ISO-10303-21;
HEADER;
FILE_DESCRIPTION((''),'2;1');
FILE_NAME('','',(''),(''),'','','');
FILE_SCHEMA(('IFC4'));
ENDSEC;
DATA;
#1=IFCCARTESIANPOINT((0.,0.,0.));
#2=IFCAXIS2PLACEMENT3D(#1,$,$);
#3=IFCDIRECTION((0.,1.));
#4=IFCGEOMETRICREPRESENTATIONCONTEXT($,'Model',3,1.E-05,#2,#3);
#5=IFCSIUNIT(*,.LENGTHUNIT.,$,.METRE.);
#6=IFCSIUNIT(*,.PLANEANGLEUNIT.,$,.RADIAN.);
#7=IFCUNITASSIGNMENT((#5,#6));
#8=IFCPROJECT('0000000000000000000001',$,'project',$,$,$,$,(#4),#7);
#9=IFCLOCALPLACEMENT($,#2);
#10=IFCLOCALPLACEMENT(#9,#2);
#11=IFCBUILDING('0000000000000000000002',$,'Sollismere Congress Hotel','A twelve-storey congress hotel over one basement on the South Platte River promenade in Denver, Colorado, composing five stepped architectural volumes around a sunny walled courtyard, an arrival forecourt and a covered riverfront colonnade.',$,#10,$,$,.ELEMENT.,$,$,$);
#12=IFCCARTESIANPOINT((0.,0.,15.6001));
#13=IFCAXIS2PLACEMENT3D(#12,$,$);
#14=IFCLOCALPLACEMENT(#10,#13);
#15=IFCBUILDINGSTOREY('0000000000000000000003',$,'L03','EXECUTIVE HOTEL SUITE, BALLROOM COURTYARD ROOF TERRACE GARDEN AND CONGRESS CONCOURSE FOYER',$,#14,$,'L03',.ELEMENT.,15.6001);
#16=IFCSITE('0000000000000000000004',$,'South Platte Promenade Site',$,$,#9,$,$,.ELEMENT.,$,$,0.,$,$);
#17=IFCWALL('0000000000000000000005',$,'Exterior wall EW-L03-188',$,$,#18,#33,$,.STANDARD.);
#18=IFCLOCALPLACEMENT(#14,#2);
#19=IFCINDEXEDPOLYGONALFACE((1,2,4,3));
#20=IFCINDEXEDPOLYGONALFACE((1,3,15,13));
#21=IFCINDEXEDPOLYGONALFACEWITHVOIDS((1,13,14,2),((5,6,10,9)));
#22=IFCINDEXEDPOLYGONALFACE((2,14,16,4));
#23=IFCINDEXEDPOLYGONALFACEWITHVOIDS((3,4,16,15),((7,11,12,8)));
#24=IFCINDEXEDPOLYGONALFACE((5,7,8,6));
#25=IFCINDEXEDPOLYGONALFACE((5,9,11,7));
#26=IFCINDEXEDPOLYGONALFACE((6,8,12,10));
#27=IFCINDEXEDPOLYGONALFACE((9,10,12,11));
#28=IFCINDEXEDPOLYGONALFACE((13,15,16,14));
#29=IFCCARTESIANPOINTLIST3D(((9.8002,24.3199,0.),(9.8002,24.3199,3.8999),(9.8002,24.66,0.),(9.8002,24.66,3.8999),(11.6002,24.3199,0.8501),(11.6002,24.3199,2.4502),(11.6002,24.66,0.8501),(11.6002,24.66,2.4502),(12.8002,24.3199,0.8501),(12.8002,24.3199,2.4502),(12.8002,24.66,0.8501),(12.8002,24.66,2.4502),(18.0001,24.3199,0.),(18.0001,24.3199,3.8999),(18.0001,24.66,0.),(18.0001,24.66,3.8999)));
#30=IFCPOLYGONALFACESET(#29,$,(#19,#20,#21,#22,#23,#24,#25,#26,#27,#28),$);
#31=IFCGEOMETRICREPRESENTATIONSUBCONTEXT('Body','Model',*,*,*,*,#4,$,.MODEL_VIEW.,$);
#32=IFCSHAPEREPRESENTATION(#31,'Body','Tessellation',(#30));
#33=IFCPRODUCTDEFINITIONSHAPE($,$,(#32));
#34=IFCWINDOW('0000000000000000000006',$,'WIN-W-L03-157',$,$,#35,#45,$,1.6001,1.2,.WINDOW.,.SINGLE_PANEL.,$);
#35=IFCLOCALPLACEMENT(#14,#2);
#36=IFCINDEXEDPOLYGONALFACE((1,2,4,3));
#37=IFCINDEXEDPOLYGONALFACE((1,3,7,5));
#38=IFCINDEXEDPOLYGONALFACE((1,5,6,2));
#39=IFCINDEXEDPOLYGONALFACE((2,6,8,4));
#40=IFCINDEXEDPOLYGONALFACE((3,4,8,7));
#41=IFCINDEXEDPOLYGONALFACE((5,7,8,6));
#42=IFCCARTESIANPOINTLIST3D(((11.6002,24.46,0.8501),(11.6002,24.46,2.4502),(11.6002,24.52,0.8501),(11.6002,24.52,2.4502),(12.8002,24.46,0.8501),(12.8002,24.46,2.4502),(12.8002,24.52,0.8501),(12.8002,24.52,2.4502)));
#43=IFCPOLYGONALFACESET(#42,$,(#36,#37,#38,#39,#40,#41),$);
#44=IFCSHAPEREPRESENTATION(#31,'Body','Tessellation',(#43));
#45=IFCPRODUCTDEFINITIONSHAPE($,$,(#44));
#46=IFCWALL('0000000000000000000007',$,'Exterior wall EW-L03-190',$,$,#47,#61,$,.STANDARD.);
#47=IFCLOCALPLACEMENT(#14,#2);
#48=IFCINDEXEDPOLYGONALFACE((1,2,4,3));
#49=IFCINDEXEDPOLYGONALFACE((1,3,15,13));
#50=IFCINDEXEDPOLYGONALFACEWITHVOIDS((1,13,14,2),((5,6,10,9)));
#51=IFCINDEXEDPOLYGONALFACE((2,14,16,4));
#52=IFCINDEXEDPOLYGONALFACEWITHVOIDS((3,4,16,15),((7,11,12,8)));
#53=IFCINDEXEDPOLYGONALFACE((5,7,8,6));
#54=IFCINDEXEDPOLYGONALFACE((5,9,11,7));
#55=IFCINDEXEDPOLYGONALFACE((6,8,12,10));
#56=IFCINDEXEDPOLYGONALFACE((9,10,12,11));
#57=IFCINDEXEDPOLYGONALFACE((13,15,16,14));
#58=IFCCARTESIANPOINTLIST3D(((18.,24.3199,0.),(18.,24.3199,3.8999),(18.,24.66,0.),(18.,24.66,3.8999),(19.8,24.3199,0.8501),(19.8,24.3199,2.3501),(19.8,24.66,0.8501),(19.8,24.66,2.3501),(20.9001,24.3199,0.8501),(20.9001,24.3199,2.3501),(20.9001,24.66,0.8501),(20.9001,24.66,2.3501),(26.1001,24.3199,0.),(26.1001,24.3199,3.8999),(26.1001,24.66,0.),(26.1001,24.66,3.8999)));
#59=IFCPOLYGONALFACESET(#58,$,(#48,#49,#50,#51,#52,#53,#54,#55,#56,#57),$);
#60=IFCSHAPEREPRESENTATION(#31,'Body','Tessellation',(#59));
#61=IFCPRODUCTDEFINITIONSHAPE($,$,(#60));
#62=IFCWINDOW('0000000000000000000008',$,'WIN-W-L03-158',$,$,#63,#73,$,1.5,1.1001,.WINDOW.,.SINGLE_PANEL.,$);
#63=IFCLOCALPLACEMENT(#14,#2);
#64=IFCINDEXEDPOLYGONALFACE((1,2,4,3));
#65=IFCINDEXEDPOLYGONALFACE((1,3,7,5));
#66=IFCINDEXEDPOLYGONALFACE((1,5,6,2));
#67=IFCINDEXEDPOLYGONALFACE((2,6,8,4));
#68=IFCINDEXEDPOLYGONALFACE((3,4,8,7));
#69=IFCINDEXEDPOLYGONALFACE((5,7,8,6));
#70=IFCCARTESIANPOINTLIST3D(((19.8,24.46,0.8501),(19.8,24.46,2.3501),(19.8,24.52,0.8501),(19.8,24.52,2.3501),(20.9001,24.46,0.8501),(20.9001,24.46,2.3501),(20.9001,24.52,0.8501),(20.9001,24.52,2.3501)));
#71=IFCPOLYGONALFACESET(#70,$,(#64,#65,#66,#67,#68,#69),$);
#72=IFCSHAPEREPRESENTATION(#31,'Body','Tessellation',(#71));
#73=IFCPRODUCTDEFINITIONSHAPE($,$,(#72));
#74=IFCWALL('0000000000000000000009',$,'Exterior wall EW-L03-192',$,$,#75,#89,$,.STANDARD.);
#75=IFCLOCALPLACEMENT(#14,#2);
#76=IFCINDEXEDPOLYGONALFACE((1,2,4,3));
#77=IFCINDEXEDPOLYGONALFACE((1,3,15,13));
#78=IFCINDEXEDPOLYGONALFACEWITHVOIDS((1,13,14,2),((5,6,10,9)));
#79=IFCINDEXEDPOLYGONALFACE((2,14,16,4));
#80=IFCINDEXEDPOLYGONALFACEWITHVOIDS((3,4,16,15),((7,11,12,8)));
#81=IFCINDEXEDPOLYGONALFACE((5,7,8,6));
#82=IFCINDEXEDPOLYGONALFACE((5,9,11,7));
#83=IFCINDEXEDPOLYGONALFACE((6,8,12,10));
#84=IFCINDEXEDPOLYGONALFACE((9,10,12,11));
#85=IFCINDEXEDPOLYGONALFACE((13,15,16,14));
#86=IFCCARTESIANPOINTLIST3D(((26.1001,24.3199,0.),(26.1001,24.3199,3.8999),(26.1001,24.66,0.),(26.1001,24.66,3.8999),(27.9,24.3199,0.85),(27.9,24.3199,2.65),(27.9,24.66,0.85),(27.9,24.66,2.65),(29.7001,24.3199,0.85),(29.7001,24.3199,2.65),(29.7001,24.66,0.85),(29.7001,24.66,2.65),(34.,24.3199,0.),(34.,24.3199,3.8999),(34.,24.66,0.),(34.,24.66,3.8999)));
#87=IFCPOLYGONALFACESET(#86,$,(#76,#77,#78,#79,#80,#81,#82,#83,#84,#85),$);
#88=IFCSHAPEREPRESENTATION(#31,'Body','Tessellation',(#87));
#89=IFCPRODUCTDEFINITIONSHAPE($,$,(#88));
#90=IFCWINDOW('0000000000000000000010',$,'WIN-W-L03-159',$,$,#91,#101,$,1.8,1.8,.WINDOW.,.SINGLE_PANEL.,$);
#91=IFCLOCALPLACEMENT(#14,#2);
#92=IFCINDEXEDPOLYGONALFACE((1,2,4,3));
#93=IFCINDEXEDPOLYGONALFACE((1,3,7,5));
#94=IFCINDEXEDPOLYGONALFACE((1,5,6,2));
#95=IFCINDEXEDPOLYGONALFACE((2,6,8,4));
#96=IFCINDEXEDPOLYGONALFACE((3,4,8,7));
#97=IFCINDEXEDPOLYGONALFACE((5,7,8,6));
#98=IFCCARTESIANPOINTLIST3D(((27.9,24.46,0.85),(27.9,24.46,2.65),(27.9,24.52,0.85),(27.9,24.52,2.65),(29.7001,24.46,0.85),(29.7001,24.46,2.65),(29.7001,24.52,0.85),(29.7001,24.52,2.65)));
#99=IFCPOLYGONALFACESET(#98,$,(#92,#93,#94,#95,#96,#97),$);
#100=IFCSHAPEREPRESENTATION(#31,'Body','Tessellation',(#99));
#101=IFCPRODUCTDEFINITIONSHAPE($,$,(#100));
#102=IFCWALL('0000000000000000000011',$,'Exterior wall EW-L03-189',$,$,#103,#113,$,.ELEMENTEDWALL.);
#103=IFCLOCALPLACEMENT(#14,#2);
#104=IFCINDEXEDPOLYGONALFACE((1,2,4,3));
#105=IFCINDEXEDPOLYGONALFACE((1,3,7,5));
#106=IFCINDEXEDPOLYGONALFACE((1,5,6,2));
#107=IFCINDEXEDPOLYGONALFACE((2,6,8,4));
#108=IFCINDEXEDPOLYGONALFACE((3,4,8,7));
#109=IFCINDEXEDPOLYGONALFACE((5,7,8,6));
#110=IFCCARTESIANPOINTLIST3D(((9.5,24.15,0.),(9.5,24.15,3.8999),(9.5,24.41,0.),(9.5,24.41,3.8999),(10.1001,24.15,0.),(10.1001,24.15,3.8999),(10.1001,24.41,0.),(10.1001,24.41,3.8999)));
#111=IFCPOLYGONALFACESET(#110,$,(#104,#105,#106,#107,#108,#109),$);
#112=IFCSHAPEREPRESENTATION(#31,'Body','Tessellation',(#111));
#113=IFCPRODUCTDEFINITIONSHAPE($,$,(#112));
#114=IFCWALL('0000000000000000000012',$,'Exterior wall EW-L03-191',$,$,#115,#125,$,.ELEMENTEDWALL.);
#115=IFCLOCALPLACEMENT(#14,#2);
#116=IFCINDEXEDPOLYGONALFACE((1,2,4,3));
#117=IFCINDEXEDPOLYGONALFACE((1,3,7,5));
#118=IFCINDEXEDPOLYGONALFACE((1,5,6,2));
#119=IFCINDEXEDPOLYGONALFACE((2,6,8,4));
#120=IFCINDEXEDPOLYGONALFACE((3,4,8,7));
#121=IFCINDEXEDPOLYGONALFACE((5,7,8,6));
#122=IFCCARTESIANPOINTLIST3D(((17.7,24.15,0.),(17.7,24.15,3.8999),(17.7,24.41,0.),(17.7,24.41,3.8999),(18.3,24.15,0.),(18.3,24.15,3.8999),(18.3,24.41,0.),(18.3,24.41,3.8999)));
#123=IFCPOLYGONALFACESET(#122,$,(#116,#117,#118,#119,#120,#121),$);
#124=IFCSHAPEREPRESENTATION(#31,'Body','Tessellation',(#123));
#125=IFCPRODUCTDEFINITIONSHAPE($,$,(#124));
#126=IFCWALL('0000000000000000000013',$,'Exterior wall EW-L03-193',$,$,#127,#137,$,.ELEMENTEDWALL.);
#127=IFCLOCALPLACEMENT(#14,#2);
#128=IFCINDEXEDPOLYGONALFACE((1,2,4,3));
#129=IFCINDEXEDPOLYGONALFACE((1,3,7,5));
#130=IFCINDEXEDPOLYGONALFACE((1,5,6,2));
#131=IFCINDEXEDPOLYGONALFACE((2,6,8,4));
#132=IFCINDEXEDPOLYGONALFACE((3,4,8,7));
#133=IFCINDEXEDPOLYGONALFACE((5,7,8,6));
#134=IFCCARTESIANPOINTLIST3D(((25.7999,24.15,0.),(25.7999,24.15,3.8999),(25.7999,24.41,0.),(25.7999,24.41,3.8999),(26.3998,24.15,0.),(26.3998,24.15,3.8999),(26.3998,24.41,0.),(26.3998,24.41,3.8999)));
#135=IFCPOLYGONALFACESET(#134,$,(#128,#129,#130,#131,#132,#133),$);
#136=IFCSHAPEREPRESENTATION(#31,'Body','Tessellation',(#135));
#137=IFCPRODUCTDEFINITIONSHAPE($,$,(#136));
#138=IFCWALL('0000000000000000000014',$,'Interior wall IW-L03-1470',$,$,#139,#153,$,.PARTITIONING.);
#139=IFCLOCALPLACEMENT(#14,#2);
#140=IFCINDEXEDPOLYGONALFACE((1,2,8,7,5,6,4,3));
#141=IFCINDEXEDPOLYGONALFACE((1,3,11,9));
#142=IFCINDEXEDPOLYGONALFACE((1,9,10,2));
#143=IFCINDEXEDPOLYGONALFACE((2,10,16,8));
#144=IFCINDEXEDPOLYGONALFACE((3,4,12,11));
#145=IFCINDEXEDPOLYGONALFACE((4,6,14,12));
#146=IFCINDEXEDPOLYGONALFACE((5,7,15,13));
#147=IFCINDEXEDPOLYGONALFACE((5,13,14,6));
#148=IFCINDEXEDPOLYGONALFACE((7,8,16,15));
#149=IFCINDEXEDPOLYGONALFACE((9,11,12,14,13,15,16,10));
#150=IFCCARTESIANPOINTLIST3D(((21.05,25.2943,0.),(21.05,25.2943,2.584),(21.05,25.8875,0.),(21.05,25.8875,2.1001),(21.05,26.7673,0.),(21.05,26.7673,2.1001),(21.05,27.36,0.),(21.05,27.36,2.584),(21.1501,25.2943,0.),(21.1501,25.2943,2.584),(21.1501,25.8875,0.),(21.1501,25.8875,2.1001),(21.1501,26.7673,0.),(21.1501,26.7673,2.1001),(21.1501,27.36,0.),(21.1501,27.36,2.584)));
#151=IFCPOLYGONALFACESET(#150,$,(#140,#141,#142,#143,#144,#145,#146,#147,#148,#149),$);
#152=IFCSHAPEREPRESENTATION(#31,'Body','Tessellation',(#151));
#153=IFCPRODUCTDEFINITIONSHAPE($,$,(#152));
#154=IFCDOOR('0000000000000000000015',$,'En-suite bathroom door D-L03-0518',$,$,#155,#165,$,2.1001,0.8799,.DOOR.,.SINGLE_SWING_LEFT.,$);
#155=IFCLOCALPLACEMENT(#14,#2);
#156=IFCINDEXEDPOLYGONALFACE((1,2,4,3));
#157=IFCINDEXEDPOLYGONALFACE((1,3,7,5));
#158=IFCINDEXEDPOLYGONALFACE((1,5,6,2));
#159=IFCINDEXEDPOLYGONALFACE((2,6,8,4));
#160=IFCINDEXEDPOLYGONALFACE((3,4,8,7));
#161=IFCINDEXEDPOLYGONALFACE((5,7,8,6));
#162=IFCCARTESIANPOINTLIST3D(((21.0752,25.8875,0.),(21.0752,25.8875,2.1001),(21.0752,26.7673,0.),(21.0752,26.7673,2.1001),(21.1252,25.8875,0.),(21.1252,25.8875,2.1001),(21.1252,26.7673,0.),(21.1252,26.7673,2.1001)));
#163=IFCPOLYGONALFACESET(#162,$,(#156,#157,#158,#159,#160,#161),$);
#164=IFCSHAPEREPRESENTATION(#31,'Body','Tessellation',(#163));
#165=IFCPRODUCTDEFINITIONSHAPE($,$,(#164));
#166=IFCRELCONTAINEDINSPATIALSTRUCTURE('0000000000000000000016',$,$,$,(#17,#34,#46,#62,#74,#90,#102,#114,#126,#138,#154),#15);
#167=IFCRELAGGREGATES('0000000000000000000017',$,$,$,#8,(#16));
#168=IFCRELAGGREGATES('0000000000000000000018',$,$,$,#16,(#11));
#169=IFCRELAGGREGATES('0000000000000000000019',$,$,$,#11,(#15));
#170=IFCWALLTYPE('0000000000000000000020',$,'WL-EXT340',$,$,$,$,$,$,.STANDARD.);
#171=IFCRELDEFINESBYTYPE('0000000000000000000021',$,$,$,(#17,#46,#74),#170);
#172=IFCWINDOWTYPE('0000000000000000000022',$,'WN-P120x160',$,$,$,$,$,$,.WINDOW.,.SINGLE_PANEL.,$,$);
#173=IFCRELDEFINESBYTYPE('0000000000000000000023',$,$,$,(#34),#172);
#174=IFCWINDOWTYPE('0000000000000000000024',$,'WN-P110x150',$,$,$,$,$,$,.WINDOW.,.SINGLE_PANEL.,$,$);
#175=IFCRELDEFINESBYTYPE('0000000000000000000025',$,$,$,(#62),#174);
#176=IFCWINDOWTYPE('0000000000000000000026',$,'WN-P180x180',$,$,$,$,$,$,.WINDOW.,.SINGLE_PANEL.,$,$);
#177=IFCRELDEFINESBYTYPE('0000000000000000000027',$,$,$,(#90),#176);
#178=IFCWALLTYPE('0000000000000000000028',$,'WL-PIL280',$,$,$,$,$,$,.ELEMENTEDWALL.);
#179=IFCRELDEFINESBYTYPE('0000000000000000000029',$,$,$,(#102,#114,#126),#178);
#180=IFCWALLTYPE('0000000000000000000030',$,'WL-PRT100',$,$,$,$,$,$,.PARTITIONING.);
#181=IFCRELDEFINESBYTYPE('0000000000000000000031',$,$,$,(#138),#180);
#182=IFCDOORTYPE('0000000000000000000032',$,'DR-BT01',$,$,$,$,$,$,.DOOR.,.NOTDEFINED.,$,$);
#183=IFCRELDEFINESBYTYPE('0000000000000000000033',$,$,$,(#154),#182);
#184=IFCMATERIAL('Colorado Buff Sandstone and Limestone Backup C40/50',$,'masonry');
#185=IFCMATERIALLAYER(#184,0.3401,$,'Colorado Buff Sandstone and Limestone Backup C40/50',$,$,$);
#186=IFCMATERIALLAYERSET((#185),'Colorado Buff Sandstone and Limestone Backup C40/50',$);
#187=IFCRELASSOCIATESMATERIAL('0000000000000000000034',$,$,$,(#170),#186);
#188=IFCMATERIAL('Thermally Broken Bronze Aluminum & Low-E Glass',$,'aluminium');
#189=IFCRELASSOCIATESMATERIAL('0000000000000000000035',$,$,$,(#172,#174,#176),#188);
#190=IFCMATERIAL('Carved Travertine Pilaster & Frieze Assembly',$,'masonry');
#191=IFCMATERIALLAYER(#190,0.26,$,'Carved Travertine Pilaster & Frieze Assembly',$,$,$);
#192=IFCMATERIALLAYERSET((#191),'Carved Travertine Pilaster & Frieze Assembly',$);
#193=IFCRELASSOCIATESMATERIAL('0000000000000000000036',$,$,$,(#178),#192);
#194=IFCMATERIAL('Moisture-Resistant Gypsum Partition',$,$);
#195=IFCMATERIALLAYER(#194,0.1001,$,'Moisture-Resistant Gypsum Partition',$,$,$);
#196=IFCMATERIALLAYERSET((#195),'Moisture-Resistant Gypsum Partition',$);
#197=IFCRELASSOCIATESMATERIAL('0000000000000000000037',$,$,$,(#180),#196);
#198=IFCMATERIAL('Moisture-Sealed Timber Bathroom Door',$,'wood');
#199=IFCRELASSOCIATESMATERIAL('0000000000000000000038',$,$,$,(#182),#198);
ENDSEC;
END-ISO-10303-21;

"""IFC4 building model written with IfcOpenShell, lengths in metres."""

from ifc_helpers import new_model, si_unit, direction, frame, frame_2d, origin, place, context, subcontext, project, spatial, rectangle, extrude, material, layer, layer_set, type_object, element, fill, save


model = new_model("IFC4")

# Units and contexts
model_context = context("Model", 3, precision=1e-05, world=origin(), true_north=direction((0.0, 1.0)))
body_context = subcontext(model_context, "Body", "Model", "MODEL_VIEW")
ifc_project = project(units=[si_unit("LENGTHUNIT", "METRE"), si_unit("PLANEANGLEUNIT", "RADIAN")], contexts=[model_context])

# Site, building, storey
site_placement = place(None, origin())
site = spatial("IfcSite", under=ifc_project, at=site_placement, Name="South Platte Promenade Site", CompositionType="ELEMENT", RefElevation=0.0)
building_placement = place(site_placement, origin())
building = spatial("IfcBuilding", under=site, at=building_placement, Name="Sollismere Congress Hotel", Description="A twelve-storey congress hotel over one basement on the South Platte River promenade in Denver, Colorado, composing five stepped architectural volumes around a sunny walled courtyard, an arrival forecourt and a covered riverfront colonnade.", CompositionType="ELEMENT")
storey_placement = place(building_placement, frame((0.0, 0.0, 15.6001)))
storey = spatial("IfcBuildingStorey", under=building, at=storey_placement, Name="L03", Description="EXECUTIVE HOTEL SUITE, BALLROOM COURTYARD ROOF TERRACE GARDEN AND CONGRESS CONCOURSE FOYER", LongName="L03", CompositionType="ELEMENT", Elevation=15.6001)

# Walls, openings, windows
ifc_material_1 = material(Name="Colorado Buff Sandstone and Limestone Backup C40/50", Category="masonry")
ifc_layer_1 = layer(ifc_material_1, 0.3401, Name="Colorado Buff Sandstone and Limestone Backup C40/50")
ifc_layer_set_1 = layer_set([ifc_layer_1], Name="Colorado Buff Sandstone and Limestone Backup C40/50")
wall_type_1 = type_object("IfcWallType", Name="WL-EXT340", PredefinedType="STANDARD", material=ifc_layer_set_1)
wall_1_placement = place(storey_placement, frame((9.8, 24.49, 0.0), z_axis=(0.0, 0.0, 1.0), x_axis=(1.0, 0.0, 0.0)))
wall_1 = element("IfcWall", 1, at=wall_1_placement, inside=storey, type_object=wall_type_1, Name="Exterior wall EW-L03-188", PredefinedType="STANDARD", context=body_context, shape_type="SweptSolid", body=[
    extrude(rectangle(XDim=8.2, YDim=0.3401, at=frame_2d((4.1001, 0.0))), origin(), (0.0, 0.0, 1.0), 3.8999),
])
opening_1_placement = place(wall_1_placement, frame((1.8, 0.0, 0.8501)))
opening_1 = element("IfcOpeningElement", 2, at=opening_1_placement, cuts=wall_1, PredefinedType="OPENING", context=body_context, shape_type="SweptSolid", body=[
    extrude(rectangle(XDim=1.2, YDim=1.6001, at=frame_2d((0.6001, 0.8))), frame((0.0, 0.1799, 0.0), z_axis=(0.0, -1.0, 0.0), x_axis=(1.0, 0.0, 0.0)), (0.0, 0.0, 1.0), 0.3601),
])
ifc_material_2 = material(Name="Thermally Broken Bronze Aluminum & Low-E Glass", Category="aluminium")
window_type_1 = type_object("IfcWindowType", Name="WN-P120x160", PartitioningType="SINGLE_PANEL", PredefinedType="WINDOW", material=ifc_material_2)
window_1_placement = place(opening_1_placement, origin())
window_1 = element("IfcWindow", 3, at=window_1_placement, inside=storey, type_object=window_type_1, Name="WIN-W-L03-157", OverallHeight=1.6001, OverallWidth=1.2, PartitioningType="SINGLE_PANEL", PredefinedType="WINDOW", context=body_context, shape_type="SweptSolid", body=[
    extrude(rectangle(XDim=1.2, YDim=1.6001, at=frame_2d((0.6001, 0.8))), frame((0.0, 0.03, 0.0), z_axis=(0.0, -1.0, 0.0), x_axis=(1.0, 0.0, 0.0)), (0.0, 0.0, 1.0), 0.0601),
])
fill(opening_1, window_1)
wall_2_placement = place(storey_placement, frame((18.0, 24.49, 0.0), z_axis=(0.0, 0.0, 1.0), x_axis=(1.0, 0.0, 0.0)))
wall_2 = element("IfcWall", 4, at=wall_2_placement, inside=storey, type_object=wall_type_1, Name="Exterior wall EW-L03-190", PredefinedType="STANDARD", context=body_context, shape_type="SweptSolid", body=[
    extrude(rectangle(XDim=8.1001, YDim=0.3401, at=frame_2d((4.05, 0.0))), origin(), (0.0, 0.0, 1.0), 3.8999),
])
opening_2_placement = place(wall_2_placement, frame((1.8, 0.0, 0.8501)))
opening_2 = element("IfcOpeningElement", 5, at=opening_2_placement, cuts=wall_2, PredefinedType="OPENING", context=body_context, shape_type="SweptSolid", body=[
    extrude(rectangle(XDim=1.1001, YDim=1.5, at=frame_2d((0.55, 0.75))), frame((0.0, 0.1799, 0.0), z_axis=(0.0, -1.0, 0.0), x_axis=(1.0, 0.0, 0.0)), (0.0, 0.0, 1.0), 0.3601),
])
window_type_2 = type_object("IfcWindowType", Name="WN-P110x150", PartitioningType="SINGLE_PANEL", PredefinedType="WINDOW", material=ifc_material_2)
window_2_placement = place(opening_2_placement, origin())
window_2 = element("IfcWindow", 6, at=window_2_placement, inside=storey, type_object=window_type_2, Name="WIN-W-L03-158", OverallHeight=1.5, OverallWidth=1.1001, PartitioningType="SINGLE_PANEL", PredefinedType="WINDOW", context=body_context, shape_type="SweptSolid", body=[
    extrude(rectangle(XDim=1.1001, YDim=1.5, at=frame_2d((0.55, 0.75))), frame((0.0, 0.03, 0.0), z_axis=(0.0, -1.0, 0.0), x_axis=(1.0, 0.0, 0.0)), (0.0, 0.0, 1.0), 0.0601),
])
fill(opening_2, window_2)
wall_3_placement = place(storey_placement, frame((26.1001, 24.49, 0.0), z_axis=(0.0, 0.0, 1.0), x_axis=(1.0, 0.0, 0.0)))
wall_3 = element("IfcWall", 7, at=wall_3_placement, inside=storey, type_object=wall_type_1, Name="Exterior wall EW-L03-192", PredefinedType="STANDARD", context=body_context, shape_type="SweptSolid", body=[
    extrude(rectangle(XDim=7.8999, YDim=0.3401, at=frame_2d((3.95, 0.0))), origin(), (0.0, 0.0, 1.0), 3.8999),
])
opening_3_placement = place(wall_3_placement, frame((1.8, 0.0, 0.8501)))
opening_3 = element("IfcOpeningElement", 8, at=opening_3_placement, cuts=wall_3, PredefinedType="OPENING", context=body_context, shape_type="SweptSolid", body=[
    extrude(rectangle(XDim=1.8, YDim=1.8, at=frame_2d((0.8999, 0.8999))), frame((0.0, 0.1799, 0.0), z_axis=(0.0, -1.0, 0.0), x_axis=(1.0, 0.0, 0.0)), (0.0, 0.0, 1.0), 0.3601),
])
window_type_3 = type_object("IfcWindowType", Name="WN-P180x180", PartitioningType="SINGLE_PANEL", PredefinedType="WINDOW", material=ifc_material_2)
window_3_placement = place(opening_3_placement, origin())
window_3 = element("IfcWindow", 9, at=window_3_placement, inside=storey, type_object=window_type_3, Name="WIN-W-L03-159", OverallHeight=1.8, OverallWidth=1.8, PartitioningType="SINGLE_PANEL", PredefinedType="WINDOW", context=body_context, shape_type="SweptSolid", body=[
    extrude(rectangle(XDim=1.8, YDim=1.8, at=frame_2d((0.8999, 0.8999))), frame((0.0, 0.03, 0.0), z_axis=(0.0, -1.0, 0.0), x_axis=(1.0, 0.0, 0.0)), (0.0, 0.0, 1.0), 0.0601),
])
fill(opening_3, window_3)

# Walls
ifc_material_3 = material(Name="Carved Travertine Pilaster & Frieze Assembly", Category="masonry")
ifc_layer_2 = layer(ifc_material_3, 0.26, Name="Carved Travertine Pilaster & Frieze Assembly")
ifc_layer_set_2 = layer_set([ifc_layer_2], Name="Carved Travertine Pilaster & Frieze Assembly")
wall_type_2 = type_object("IfcWallType", Name="WL-PIL280", PredefinedType="ELEMENTEDWALL", material=ifc_layer_set_2)
for number, where, z_axis, x_axis, name in (
    (10, (9.5, 24.28, 0.0), (0.0, 0.0, 1.0), (1.0, 0.0, 0.0), "Exterior wall EW-L03-189"),
    (11, (17.7, 24.28, 0.0), (0.0, 0.0, 1.0), (1.0, 0.0, 0.0), "Exterior wall EW-L03-191"),
):
    element("IfcWall", number, at=place(storey_placement, frame(where, z_axis=z_axis, x_axis=x_axis)), inside=storey, type_object=wall_type_2, Name=name, PredefinedType="ELEMENTEDWALL", context=body_context, shape_type="SweptSolid", body=[
        extrude(rectangle(XDim=0.6001, YDim=0.26, at=frame_2d((0.3, 0.0))), origin(), (0.0, 0.0, 1.0), 3.8999),
    ])
wall_4_placement = place(storey_placement, frame((25.8, 24.28, 0.0), z_axis=(0.0, 0.0, 1.0), x_axis=(1.0, 0.0, 0.0)))
element("IfcWall", 12, at=wall_4_placement, inside=storey, type_object=wall_type_2, Name="Exterior wall EW-L03-193", PredefinedType="ELEMENTEDWALL", context=body_context, shape_type="SweptSolid", body=[
    extrude(rectangle(XDim=0.5999, YDim=0.26, at=frame_2d((0.2998, 0.0))), origin(), (0.0, 0.0, 1.0), 3.8999),
])

# Wall, opening, door
ifc_material_4 = material(Name="Moisture-Resistant Gypsum Partition")
ifc_layer_3 = layer(ifc_material_4, 0.1001, Name="Moisture-Resistant Gypsum Partition")
ifc_layer_set_3 = layer_set([ifc_layer_3], Name="Moisture-Resistant Gypsum Partition")
wall_type_3 = type_object("IfcWallType", Name="WL-PRT100", PredefinedType="PARTITIONING", material=ifc_layer_set_3)
wall_5_placement = place(storey_placement, frame((21.1001, 25.2944, 0.0), z_axis=(0.0, 0.0, 1.0), x_axis=(0.0, 1.0, 0.0)))
wall_5 = element("IfcWall", 13, at=wall_5_placement, inside=storey, type_object=wall_type_3, Name="Interior wall IW-L03-1470", PredefinedType="PARTITIONING", context=body_context, shape_type="SweptSolid", body=[
    extrude(rectangle(XDim=2.0657, YDim=0.1001, at=frame_2d((1.0327, 0.0))), origin(), (0.0, 0.0, 1.0), 2.584),
])
opening_4_placement = place(wall_5_placement, frame((0.593, 0.0, 0.0)))
opening_4 = element("IfcOpeningElement", 14, at=opening_4_placement, cuts=wall_5, PredefinedType="OPENING", context=body_context, shape_type="SweptSolid", body=[
    extrude(rectangle(XDim=0.8799, YDim=2.1001, at=frame_2d((0.4399, 1.05))), frame((0.0, 0.0601, 0.0), z_axis=(0.0, -1.0, 0.0), x_axis=(1.0, 0.0, 0.0)), (0.0, 0.0, 1.0), 0.1201),
])
ifc_material_5 = material(Name="Moisture-Sealed Timber Bathroom Door", Category="wood")
door_type = type_object("IfcDoorType", Name="DR-BT01", OperationType="NOTDEFINED", PredefinedType="DOOR", material=ifc_material_5)
door_placement = place(opening_4_placement, origin())
door = element("IfcDoor", 15, at=door_placement, inside=storey, type_object=door_type, Name="En-suite bathroom door D-L03-0518", OperationType="SINGLE_SWING_LEFT", OverallHeight=2.1001, OverallWidth=0.8799, PredefinedType="DOOR", context=body_context, shape_type="SweptSolid", body=[
    extrude(rectangle(XDim=0.8799, YDim=2.1001, at=frame_2d((0.4399, 1.05))), frame((0.0, 0.0249, 0.0), z_axis=(0.0, -1.0, 0.0), x_axis=(1.0, 0.0, 0.0)), (0.0, 0.0, 1.0), 0.05),
])
fill(opening_4, door)

save(model, "model.ifc")
